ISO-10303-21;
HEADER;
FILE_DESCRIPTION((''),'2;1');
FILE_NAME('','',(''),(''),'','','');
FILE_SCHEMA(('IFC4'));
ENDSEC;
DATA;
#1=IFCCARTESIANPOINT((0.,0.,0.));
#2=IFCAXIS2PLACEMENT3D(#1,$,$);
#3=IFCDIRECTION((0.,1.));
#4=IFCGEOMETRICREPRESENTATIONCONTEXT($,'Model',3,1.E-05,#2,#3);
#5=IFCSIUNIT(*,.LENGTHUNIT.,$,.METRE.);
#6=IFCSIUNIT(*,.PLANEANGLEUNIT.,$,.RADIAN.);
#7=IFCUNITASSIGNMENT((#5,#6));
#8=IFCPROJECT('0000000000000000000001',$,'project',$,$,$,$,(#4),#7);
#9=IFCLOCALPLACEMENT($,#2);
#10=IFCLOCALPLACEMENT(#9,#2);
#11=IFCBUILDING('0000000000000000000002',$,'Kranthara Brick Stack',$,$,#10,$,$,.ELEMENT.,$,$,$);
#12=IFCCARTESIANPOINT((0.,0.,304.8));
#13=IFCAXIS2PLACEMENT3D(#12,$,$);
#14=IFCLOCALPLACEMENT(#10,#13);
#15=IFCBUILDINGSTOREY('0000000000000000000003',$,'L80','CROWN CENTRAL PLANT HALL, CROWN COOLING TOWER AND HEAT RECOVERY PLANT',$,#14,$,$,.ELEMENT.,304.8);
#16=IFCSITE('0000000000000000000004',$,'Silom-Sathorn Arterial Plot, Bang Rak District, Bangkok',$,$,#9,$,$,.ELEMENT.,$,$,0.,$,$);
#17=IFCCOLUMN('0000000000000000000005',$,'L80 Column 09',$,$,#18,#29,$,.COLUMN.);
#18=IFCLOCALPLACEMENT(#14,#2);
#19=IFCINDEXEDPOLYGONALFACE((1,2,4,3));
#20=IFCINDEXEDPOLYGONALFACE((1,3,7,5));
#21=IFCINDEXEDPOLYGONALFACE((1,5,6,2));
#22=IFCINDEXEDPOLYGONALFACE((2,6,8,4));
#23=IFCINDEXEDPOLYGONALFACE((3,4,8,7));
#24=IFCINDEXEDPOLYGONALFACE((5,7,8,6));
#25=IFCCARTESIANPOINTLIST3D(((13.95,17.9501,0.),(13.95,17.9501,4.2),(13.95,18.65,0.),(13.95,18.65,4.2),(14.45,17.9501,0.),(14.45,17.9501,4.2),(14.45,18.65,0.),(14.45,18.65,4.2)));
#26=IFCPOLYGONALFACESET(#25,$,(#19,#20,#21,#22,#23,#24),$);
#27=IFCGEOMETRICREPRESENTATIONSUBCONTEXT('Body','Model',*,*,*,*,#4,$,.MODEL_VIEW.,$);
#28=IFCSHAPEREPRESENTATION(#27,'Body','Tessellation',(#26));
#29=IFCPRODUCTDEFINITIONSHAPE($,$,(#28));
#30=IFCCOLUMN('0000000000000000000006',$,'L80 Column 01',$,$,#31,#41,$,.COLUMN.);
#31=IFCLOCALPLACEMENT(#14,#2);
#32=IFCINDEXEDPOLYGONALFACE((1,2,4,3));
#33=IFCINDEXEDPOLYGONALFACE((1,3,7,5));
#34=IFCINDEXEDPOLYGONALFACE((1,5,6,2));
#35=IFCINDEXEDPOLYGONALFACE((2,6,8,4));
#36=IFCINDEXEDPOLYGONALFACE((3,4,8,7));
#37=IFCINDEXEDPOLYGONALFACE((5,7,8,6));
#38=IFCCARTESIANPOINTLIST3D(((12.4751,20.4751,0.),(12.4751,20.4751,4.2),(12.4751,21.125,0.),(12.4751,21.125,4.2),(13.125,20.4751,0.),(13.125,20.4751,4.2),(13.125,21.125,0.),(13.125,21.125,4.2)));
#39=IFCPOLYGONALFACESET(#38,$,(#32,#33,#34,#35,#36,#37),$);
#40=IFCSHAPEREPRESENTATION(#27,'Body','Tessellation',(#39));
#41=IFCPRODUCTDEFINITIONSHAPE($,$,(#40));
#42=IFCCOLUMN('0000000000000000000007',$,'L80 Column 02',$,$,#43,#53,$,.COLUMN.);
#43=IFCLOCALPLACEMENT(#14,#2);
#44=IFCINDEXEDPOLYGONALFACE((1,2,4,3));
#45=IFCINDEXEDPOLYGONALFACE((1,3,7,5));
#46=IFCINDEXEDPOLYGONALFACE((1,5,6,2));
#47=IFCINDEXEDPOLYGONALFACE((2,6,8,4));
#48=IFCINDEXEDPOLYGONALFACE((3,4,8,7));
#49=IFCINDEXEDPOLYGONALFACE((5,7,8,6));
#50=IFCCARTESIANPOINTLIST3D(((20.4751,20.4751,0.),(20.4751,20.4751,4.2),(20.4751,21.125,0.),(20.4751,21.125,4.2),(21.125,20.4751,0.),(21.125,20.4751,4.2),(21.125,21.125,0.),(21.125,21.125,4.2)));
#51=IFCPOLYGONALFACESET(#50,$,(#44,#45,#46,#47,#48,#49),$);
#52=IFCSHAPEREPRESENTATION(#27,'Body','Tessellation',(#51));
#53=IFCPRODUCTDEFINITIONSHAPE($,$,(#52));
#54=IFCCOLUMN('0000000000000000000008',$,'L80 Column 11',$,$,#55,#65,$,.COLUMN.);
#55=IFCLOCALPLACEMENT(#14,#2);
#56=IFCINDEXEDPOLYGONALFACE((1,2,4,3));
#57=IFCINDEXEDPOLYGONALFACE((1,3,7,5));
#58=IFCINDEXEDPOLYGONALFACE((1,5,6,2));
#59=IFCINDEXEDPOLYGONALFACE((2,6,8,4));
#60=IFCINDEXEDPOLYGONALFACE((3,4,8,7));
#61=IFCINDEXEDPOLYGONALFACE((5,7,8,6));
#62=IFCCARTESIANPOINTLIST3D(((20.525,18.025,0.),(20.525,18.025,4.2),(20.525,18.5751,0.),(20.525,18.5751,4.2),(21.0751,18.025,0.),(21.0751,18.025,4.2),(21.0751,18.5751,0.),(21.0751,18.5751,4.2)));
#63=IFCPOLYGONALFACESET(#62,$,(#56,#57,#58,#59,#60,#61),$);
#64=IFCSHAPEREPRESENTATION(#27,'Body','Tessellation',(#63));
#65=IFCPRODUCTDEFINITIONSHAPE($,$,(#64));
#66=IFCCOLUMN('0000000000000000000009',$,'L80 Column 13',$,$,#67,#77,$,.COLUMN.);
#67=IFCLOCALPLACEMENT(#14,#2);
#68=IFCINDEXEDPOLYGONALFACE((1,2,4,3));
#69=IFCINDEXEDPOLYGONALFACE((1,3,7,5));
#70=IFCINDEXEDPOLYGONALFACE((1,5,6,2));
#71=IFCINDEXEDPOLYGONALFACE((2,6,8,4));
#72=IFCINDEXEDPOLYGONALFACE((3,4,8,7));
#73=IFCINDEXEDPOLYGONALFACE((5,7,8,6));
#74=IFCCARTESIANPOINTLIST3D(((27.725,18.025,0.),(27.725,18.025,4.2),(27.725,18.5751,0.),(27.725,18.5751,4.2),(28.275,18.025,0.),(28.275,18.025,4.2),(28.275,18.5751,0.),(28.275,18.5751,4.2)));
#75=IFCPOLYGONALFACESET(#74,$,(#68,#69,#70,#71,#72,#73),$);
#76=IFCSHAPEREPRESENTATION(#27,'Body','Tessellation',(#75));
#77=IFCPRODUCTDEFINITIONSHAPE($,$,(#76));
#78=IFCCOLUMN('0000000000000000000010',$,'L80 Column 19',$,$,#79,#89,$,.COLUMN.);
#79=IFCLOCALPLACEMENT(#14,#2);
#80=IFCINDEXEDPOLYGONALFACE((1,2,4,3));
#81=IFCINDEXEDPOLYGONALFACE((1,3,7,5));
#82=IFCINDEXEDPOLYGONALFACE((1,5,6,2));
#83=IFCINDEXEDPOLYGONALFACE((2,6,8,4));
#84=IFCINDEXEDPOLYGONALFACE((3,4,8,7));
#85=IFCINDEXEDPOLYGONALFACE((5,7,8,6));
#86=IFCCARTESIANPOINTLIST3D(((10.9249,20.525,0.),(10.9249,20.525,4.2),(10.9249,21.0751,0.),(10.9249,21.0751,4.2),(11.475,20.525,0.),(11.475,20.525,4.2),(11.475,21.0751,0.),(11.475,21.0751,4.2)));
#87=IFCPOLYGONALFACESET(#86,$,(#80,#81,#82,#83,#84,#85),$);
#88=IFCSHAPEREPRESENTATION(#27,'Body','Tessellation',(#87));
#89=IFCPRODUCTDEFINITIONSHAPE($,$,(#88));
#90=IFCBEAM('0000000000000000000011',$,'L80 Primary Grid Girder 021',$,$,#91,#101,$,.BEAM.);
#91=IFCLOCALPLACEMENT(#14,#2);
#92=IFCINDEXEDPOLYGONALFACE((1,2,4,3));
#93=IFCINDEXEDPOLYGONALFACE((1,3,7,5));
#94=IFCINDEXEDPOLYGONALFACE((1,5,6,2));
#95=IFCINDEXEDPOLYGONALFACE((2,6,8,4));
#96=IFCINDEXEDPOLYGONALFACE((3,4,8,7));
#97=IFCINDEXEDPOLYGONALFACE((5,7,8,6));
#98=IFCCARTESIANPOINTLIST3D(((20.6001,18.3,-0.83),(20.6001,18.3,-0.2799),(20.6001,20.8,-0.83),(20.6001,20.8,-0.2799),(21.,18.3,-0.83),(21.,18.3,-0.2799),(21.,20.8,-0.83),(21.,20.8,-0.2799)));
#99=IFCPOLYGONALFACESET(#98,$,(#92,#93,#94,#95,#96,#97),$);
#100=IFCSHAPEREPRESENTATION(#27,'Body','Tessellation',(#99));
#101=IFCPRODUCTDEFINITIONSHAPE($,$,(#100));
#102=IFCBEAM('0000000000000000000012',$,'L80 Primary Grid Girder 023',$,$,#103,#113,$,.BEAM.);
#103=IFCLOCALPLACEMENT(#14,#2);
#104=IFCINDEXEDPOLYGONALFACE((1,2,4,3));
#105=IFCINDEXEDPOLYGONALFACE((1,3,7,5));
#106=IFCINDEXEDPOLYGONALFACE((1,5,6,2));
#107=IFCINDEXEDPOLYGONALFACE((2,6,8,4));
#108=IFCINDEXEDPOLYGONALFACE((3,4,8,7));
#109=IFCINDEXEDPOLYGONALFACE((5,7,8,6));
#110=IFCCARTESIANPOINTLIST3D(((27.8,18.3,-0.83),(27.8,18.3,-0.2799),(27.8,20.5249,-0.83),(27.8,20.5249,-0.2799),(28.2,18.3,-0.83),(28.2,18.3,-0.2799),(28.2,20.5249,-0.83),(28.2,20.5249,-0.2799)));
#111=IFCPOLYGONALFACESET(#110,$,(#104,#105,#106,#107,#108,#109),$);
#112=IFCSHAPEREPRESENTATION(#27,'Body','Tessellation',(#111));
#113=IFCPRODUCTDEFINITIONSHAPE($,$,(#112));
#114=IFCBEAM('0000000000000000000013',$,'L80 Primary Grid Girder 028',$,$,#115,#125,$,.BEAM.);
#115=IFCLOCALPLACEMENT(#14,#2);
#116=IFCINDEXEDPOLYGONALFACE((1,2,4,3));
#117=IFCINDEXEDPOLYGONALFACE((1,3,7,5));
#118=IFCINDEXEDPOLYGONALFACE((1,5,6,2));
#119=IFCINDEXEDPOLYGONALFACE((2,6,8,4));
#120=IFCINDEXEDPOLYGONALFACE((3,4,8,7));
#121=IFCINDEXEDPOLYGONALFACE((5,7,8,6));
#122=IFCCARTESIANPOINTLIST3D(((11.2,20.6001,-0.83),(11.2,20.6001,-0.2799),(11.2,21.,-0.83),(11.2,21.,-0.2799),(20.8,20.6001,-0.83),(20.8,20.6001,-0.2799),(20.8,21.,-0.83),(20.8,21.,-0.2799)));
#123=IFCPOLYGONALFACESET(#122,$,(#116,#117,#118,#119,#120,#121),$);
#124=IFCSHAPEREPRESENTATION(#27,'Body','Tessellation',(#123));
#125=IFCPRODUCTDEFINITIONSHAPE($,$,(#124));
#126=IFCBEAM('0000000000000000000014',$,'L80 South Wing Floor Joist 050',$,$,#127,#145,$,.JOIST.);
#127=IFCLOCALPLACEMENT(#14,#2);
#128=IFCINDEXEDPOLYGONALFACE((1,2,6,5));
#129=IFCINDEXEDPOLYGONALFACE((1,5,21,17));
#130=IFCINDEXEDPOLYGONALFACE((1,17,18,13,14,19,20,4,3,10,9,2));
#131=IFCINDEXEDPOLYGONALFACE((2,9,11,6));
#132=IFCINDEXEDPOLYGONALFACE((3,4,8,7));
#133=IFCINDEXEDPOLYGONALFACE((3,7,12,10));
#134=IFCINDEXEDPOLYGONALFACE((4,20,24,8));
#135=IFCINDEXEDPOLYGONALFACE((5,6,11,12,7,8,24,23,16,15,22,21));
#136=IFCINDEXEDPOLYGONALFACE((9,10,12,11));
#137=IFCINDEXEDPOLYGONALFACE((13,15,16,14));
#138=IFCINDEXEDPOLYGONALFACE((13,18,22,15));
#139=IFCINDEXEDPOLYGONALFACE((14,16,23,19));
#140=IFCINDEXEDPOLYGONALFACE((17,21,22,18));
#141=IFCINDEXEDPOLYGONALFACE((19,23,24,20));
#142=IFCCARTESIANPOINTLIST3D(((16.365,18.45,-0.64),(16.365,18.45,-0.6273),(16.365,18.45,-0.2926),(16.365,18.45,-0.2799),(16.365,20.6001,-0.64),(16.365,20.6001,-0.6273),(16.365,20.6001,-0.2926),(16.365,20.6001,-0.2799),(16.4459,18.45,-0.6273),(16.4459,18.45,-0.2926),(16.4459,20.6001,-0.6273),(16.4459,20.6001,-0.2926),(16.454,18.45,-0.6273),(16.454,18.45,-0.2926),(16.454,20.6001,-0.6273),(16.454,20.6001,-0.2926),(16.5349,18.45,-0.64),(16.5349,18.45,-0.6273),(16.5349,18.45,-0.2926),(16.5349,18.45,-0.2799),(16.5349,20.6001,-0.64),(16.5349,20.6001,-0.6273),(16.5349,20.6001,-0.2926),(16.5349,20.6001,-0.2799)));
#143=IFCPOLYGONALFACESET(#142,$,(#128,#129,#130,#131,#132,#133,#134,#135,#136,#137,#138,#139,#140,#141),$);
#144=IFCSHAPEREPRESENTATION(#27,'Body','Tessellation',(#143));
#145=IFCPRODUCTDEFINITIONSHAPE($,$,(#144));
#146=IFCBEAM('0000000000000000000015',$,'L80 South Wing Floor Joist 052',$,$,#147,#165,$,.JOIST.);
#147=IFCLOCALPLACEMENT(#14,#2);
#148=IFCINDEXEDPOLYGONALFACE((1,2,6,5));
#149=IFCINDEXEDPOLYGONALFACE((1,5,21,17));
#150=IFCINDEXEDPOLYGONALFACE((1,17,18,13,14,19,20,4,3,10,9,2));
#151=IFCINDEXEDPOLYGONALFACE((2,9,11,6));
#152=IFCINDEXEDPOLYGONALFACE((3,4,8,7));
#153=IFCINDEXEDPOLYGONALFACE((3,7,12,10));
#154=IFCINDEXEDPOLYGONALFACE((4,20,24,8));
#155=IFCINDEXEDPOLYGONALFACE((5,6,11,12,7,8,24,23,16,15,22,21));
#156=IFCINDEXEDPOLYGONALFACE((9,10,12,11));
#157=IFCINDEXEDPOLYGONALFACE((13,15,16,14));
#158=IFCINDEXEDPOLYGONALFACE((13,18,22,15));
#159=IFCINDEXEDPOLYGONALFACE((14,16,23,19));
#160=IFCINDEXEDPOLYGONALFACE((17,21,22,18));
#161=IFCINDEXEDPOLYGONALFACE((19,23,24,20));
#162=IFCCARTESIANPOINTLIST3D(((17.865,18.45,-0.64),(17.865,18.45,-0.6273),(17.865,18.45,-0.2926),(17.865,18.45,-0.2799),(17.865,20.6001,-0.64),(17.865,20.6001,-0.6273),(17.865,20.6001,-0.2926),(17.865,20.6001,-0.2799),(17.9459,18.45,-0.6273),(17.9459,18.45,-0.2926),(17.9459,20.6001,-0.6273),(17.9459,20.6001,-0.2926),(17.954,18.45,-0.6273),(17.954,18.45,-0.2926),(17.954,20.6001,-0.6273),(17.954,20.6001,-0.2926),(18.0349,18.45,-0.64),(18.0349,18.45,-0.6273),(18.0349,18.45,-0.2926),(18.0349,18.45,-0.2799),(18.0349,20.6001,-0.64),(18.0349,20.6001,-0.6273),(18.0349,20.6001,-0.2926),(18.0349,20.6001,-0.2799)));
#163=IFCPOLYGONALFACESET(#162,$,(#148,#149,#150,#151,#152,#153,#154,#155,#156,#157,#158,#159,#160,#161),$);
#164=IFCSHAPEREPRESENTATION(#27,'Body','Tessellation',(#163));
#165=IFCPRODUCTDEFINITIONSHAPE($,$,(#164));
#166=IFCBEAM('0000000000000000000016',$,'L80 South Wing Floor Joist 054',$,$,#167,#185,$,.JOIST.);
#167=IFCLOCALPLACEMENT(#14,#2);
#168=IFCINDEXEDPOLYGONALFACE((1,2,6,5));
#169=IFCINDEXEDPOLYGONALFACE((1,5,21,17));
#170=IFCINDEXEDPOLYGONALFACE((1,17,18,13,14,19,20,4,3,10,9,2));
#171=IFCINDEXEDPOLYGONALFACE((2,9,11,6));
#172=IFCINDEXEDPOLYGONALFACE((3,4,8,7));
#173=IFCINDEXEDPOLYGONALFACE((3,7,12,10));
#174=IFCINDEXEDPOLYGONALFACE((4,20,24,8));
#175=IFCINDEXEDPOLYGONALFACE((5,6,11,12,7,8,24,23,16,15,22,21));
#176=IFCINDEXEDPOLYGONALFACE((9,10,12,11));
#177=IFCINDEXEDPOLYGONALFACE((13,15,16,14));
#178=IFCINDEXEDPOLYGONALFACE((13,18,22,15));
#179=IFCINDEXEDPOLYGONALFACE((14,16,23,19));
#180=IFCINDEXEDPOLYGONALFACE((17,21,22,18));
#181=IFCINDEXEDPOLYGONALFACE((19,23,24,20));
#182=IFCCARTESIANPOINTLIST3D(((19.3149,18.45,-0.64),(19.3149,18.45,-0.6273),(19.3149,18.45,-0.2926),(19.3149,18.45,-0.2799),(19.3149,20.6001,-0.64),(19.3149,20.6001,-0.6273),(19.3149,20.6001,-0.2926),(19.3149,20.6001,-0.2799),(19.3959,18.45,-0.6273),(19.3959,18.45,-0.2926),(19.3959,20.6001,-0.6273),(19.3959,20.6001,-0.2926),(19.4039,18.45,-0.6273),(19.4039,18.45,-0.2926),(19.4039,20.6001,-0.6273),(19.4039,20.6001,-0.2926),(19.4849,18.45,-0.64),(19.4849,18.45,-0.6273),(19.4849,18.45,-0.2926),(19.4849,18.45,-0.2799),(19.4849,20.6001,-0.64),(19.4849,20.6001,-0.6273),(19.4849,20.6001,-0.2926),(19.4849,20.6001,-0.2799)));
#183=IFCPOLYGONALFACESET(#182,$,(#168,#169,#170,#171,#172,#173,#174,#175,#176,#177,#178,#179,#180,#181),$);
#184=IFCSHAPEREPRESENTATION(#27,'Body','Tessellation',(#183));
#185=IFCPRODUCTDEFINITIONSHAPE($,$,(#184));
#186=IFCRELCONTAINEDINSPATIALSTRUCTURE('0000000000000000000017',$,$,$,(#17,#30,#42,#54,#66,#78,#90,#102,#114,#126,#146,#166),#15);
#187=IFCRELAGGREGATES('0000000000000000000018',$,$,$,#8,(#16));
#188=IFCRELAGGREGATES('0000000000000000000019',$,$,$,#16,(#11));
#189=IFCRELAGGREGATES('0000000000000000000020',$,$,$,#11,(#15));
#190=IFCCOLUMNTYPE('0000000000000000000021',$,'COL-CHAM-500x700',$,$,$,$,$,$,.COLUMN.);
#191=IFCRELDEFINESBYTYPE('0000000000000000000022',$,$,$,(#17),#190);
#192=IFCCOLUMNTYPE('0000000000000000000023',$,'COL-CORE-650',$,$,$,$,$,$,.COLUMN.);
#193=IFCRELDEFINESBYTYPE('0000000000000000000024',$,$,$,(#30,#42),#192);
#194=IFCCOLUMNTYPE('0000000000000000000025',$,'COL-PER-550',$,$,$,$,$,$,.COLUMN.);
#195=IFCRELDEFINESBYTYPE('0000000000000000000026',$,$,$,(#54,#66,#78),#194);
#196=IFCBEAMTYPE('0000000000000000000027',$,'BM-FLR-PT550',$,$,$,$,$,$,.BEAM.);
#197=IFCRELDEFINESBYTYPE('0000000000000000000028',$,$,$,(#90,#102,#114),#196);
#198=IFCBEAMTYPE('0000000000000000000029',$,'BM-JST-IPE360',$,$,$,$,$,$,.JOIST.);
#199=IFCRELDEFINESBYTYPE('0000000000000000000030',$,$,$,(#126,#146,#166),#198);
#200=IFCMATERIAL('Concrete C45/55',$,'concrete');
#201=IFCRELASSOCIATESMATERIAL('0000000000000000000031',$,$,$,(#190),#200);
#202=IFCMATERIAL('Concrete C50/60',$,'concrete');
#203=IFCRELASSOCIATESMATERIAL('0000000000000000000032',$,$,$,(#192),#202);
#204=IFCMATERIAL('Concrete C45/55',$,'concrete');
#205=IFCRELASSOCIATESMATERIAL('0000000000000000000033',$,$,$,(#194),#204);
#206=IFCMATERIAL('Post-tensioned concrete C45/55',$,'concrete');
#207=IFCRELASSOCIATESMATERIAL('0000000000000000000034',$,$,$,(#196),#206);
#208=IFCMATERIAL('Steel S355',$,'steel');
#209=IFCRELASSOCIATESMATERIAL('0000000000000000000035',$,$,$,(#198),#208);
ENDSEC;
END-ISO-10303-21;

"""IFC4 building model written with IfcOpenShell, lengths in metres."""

from ifc_helpers import new_model, si_unit, direction, frame, origin, origin_2d, place, context, subcontext, project, spatial, rectangle, i_section, extrude, material, material_profile, profile_set, type_object, element, save


model = new_model("IFC4")

# Units and contexts
model_context = context("Model", 3, precision=1e-05, world=origin(), true_north=direction((0.0, 1.0)))
body_context = subcontext(model_context, "Body", "Model", "MODEL_VIEW")
ifc_project = project(units=[si_unit("LENGTHUNIT", "METRE"), si_unit("PLANEANGLEUNIT", "RADIAN")], contexts=[model_context])

# Site, building, storey
site_placement = place(None, origin())
site = spatial("IfcSite", under=ifc_project, at=site_placement, Name="Silom-Sathorn Arterial Plot, Bang Rak District, Bangkok", CompositionType="ELEMENT", RefElevation=0.0)
building_placement = place(site_placement, origin())
building = spatial("IfcBuilding", under=site, at=building_placement, Name="Kranthara Brick Stack", CompositionType="ELEMENT")
storey_placement = place(building_placement, frame((0.0, 0.0, 304.8)))
storey = spatial("IfcBuildingStorey", under=building, at=storey_placement, Name="L80", Description="CROWN CENTRAL PLANT HALL, CROWN COOLING TOWER AND HEAT RECOVERY PLANT", CompositionType="ELEMENT", Elevation=304.8)

# Columns
ifc_material_1 = material(Name="Concrete C45/55", Category="concrete")
ifc_material_profile_1 = material_profile(ifc_material_1, rectangle(XDim=0.5, YDim=0.7, at=origin_2d()), Name="RC 500x700")
ifc_profile_set_1 = profile_set([ifc_material_profile_1], Name="Concrete C45/55")
column_type_1 = type_object("IfcColumnType", Name="COL-CHAM-500x700", PredefinedType="COLUMN", material=ifc_profile_set_1)
column_placement = place(storey_placement, frame((14.2, 18.3, 0.0), z_axis=(0.0, 0.0, 1.0), x_axis=(1.0, 0.0, 0.0)))
element("IfcColumn", 1, at=column_placement, inside=storey, type_object=column_type_1, Name="L80 Column 09", PredefinedType="COLUMN", context=body_context, shape_type="SweptSolid", body=[
    extrude(rectangle(XDim=0.5, YDim=0.7, at=origin_2d()), origin(), (0.0, 0.0, 1.0), 4.2),
])
ifc_material_2 = material(Name="Concrete C50/60", Category="concrete")
ifc_material_profile_2 = material_profile(ifc_material_2, rectangle(XDim=0.6499, YDim=0.6499, at=origin_2d()), Name="RC 650x650")
ifc_profile_set_2 = profile_set([ifc_material_profile_2], Name="Concrete C50/60")
column_type_2 = type_object("IfcColumnType", Name="COL-CORE-650", PredefinedType="COLUMN", material=ifc_profile_set_2)
for number, where, z_axis, x_axis, name in (
    (2, (12.8, 20.8, 0.0), (0.0, 0.0, 1.0), (1.0, 0.0, 0.0), "L80 Column 01"),
    (3, (20.8, 20.8, 0.0), (0.0, 0.0, 1.0), (1.0, 0.0, 0.0), "L80 Column 02"),
):
    element("IfcColumn", number, at=place(storey_placement, frame(where, z_axis=z_axis, x_axis=x_axis)), inside=storey, type_object=column_type_2, Name=name, PredefinedType="COLUMN", context=body_context, shape_type="SweptSolid", body=[
        extrude(rectangle(XDim=0.6499, YDim=0.6499, at=origin_2d()), origin(), (0.0, 0.0, 1.0), 4.2),
    ])
ifc_material_3 = material(Name="Concrete C45/55", Category="concrete")
ifc_material_profile_3 = material_profile(ifc_material_3, rectangle(XDim=0.55, YDim=0.55, at=origin_2d()), Name="RC 550x550")
ifc_profile_set_3 = profile_set([ifc_material_profile_3], Name="Concrete C45/55")
column_type_3 = type_object("IfcColumnType", Name="COL-PER-550", PredefinedType="COLUMN", material=ifc_profile_set_3)
for number, where, z_axis, x_axis, name in (
    (4, (20.8, 18.3, 0.0), (0.0, 0.0, 1.0), (1.0, 0.0, 0.0), "L80 Column 11"),
    (5, (28.0, 18.3, 0.0), (0.0, 0.0, 1.0), (1.0, 0.0, 0.0), "L80 Column 13"),
    (6, (11.2, 20.8, 0.0), (0.0, 0.0, 1.0), (1.0, 0.0, 0.0), "L80 Column 19"),
):
    element("IfcColumn", number, at=place(storey_placement, frame(where, z_axis=z_axis, x_axis=x_axis)), inside=storey, type_object=column_type_3, Name=name, PredefinedType="COLUMN", context=body_context, shape_type="SweptSolid", body=[
        extrude(rectangle(XDim=0.55, YDim=0.55, at=origin_2d()), origin(), (0.0, 0.0, 1.0), 4.2),
    ])

# Beams
ifc_material_4 = material(Name="Post-tensioned concrete C45/55", Category="concrete")
ifc_material_profile_4 = material_profile(ifc_material_4, rectangle(XDim=0.3999, YDim=0.55, at=origin_2d()), Name="PT 400x550")
ifc_profile_set_4 = profile_set([ifc_material_profile_4], Name="Post-tensioned concrete C45/55")
beam_type_1 = type_object("IfcBeamType", Name="BM-FLR-PT550", PredefinedType="BEAM", material=ifc_profile_set_4)
beam_1_placement = place(storey_placement, frame((20.8, 18.3, -0.5549), z_axis=(0.0, 1.0, 0.0), x_axis=(-1.0, 0.0, 0.0)))
element("IfcBeam", 7, at=beam_1_placement, inside=storey, type_object=beam_type_1, Name="L80 Primary Grid Girder 021", PredefinedType="BEAM", context=body_context, shape_type="SweptSolid", body=[
    extrude(rectangle(XDim=0.3999, YDim=0.55, at=origin_2d()), origin(), (0.0, 0.0, 1.0), 2.5),
])
beam_2_placement = place(storey_placement, frame((28.0, 18.3, -0.5549), z_axis=(0.0, 1.0, 0.0), x_axis=(-1.0, 0.0, 0.0)))
element("IfcBeam", 8, at=beam_2_placement, inside=storey, type_object=beam_type_1, Name="L80 Primary Grid Girder 023", PredefinedType="BEAM", context=body_context, shape_type="SweptSolid", body=[
    extrude(rectangle(XDim=0.3999, YDim=0.55, at=origin_2d()), origin(), (0.0, 0.0, 1.0), 2.2249),
])
beam_3_placement = place(storey_placement, frame((11.2, 20.8, -0.5549), z_axis=(1.0, 0.0, 0.0), x_axis=(0.0, 1.0, 0.0)))
element("IfcBeam", 9, at=beam_3_placement, inside=storey, type_object=beam_type_1, Name="L80 Primary Grid Girder 028", PredefinedType="BEAM", context=body_context, shape_type="SweptSolid", body=[
    extrude(rectangle(XDim=0.3999, YDim=0.55, at=origin_2d()), origin(), (0.0, 0.0, 1.0), 9.6001),
])
ifc_material_5 = material(Name="Steel S355", Category="steel")
ifc_material_profile_5 = material_profile(ifc_material_5, i_section(OverallWidth=0.1699, OverallDepth=0.3601, WebThickness=0.0081, FlangeThickness=0.0127, at=origin_2d()), Name="IPE 360")
ifc_profile_set_5 = profile_set([ifc_material_profile_5], Name="Steel S355")
beam_type_2 = type_object("IfcBeamType", Name="BM-JST-IPE360", PredefinedType="JOIST", material=ifc_profile_set_5)
for number, where, z_axis, x_axis, name in (
    (10, (16.45, 18.45, -0.46), (0.0, 1.0, 0.0), (-1.0, 0.0, 0.0), "L80 South Wing Floor Joist 050"),
    (11, (17.95, 18.45, -0.46), (0.0, 1.0, 0.0), (-1.0, 0.0, 0.0), "L80 South Wing Floor Joist 052"),
    (12, (19.3999, 18.45, -0.46), (0.0, 1.0, 0.0), (-1.0, 0.0, 0.0), "L80 South Wing Floor Joist 054"),
):
    element("IfcBeam", number, at=place(storey_placement, frame(where, z_axis=z_axis, x_axis=x_axis)), inside=storey, type_object=beam_type_2, Name=name, PredefinedType="JOIST", context=body_context, shape_type="SweptSolid", body=[
        extrude(i_section(OverallWidth=0.1699, OverallDepth=0.3601, WebThickness=0.0081, FlangeThickness=0.0127, at=origin_2d()), origin(), (0.0, 0.0, 1.0), 2.1501),
    ])

save(model, "model.ifc")
